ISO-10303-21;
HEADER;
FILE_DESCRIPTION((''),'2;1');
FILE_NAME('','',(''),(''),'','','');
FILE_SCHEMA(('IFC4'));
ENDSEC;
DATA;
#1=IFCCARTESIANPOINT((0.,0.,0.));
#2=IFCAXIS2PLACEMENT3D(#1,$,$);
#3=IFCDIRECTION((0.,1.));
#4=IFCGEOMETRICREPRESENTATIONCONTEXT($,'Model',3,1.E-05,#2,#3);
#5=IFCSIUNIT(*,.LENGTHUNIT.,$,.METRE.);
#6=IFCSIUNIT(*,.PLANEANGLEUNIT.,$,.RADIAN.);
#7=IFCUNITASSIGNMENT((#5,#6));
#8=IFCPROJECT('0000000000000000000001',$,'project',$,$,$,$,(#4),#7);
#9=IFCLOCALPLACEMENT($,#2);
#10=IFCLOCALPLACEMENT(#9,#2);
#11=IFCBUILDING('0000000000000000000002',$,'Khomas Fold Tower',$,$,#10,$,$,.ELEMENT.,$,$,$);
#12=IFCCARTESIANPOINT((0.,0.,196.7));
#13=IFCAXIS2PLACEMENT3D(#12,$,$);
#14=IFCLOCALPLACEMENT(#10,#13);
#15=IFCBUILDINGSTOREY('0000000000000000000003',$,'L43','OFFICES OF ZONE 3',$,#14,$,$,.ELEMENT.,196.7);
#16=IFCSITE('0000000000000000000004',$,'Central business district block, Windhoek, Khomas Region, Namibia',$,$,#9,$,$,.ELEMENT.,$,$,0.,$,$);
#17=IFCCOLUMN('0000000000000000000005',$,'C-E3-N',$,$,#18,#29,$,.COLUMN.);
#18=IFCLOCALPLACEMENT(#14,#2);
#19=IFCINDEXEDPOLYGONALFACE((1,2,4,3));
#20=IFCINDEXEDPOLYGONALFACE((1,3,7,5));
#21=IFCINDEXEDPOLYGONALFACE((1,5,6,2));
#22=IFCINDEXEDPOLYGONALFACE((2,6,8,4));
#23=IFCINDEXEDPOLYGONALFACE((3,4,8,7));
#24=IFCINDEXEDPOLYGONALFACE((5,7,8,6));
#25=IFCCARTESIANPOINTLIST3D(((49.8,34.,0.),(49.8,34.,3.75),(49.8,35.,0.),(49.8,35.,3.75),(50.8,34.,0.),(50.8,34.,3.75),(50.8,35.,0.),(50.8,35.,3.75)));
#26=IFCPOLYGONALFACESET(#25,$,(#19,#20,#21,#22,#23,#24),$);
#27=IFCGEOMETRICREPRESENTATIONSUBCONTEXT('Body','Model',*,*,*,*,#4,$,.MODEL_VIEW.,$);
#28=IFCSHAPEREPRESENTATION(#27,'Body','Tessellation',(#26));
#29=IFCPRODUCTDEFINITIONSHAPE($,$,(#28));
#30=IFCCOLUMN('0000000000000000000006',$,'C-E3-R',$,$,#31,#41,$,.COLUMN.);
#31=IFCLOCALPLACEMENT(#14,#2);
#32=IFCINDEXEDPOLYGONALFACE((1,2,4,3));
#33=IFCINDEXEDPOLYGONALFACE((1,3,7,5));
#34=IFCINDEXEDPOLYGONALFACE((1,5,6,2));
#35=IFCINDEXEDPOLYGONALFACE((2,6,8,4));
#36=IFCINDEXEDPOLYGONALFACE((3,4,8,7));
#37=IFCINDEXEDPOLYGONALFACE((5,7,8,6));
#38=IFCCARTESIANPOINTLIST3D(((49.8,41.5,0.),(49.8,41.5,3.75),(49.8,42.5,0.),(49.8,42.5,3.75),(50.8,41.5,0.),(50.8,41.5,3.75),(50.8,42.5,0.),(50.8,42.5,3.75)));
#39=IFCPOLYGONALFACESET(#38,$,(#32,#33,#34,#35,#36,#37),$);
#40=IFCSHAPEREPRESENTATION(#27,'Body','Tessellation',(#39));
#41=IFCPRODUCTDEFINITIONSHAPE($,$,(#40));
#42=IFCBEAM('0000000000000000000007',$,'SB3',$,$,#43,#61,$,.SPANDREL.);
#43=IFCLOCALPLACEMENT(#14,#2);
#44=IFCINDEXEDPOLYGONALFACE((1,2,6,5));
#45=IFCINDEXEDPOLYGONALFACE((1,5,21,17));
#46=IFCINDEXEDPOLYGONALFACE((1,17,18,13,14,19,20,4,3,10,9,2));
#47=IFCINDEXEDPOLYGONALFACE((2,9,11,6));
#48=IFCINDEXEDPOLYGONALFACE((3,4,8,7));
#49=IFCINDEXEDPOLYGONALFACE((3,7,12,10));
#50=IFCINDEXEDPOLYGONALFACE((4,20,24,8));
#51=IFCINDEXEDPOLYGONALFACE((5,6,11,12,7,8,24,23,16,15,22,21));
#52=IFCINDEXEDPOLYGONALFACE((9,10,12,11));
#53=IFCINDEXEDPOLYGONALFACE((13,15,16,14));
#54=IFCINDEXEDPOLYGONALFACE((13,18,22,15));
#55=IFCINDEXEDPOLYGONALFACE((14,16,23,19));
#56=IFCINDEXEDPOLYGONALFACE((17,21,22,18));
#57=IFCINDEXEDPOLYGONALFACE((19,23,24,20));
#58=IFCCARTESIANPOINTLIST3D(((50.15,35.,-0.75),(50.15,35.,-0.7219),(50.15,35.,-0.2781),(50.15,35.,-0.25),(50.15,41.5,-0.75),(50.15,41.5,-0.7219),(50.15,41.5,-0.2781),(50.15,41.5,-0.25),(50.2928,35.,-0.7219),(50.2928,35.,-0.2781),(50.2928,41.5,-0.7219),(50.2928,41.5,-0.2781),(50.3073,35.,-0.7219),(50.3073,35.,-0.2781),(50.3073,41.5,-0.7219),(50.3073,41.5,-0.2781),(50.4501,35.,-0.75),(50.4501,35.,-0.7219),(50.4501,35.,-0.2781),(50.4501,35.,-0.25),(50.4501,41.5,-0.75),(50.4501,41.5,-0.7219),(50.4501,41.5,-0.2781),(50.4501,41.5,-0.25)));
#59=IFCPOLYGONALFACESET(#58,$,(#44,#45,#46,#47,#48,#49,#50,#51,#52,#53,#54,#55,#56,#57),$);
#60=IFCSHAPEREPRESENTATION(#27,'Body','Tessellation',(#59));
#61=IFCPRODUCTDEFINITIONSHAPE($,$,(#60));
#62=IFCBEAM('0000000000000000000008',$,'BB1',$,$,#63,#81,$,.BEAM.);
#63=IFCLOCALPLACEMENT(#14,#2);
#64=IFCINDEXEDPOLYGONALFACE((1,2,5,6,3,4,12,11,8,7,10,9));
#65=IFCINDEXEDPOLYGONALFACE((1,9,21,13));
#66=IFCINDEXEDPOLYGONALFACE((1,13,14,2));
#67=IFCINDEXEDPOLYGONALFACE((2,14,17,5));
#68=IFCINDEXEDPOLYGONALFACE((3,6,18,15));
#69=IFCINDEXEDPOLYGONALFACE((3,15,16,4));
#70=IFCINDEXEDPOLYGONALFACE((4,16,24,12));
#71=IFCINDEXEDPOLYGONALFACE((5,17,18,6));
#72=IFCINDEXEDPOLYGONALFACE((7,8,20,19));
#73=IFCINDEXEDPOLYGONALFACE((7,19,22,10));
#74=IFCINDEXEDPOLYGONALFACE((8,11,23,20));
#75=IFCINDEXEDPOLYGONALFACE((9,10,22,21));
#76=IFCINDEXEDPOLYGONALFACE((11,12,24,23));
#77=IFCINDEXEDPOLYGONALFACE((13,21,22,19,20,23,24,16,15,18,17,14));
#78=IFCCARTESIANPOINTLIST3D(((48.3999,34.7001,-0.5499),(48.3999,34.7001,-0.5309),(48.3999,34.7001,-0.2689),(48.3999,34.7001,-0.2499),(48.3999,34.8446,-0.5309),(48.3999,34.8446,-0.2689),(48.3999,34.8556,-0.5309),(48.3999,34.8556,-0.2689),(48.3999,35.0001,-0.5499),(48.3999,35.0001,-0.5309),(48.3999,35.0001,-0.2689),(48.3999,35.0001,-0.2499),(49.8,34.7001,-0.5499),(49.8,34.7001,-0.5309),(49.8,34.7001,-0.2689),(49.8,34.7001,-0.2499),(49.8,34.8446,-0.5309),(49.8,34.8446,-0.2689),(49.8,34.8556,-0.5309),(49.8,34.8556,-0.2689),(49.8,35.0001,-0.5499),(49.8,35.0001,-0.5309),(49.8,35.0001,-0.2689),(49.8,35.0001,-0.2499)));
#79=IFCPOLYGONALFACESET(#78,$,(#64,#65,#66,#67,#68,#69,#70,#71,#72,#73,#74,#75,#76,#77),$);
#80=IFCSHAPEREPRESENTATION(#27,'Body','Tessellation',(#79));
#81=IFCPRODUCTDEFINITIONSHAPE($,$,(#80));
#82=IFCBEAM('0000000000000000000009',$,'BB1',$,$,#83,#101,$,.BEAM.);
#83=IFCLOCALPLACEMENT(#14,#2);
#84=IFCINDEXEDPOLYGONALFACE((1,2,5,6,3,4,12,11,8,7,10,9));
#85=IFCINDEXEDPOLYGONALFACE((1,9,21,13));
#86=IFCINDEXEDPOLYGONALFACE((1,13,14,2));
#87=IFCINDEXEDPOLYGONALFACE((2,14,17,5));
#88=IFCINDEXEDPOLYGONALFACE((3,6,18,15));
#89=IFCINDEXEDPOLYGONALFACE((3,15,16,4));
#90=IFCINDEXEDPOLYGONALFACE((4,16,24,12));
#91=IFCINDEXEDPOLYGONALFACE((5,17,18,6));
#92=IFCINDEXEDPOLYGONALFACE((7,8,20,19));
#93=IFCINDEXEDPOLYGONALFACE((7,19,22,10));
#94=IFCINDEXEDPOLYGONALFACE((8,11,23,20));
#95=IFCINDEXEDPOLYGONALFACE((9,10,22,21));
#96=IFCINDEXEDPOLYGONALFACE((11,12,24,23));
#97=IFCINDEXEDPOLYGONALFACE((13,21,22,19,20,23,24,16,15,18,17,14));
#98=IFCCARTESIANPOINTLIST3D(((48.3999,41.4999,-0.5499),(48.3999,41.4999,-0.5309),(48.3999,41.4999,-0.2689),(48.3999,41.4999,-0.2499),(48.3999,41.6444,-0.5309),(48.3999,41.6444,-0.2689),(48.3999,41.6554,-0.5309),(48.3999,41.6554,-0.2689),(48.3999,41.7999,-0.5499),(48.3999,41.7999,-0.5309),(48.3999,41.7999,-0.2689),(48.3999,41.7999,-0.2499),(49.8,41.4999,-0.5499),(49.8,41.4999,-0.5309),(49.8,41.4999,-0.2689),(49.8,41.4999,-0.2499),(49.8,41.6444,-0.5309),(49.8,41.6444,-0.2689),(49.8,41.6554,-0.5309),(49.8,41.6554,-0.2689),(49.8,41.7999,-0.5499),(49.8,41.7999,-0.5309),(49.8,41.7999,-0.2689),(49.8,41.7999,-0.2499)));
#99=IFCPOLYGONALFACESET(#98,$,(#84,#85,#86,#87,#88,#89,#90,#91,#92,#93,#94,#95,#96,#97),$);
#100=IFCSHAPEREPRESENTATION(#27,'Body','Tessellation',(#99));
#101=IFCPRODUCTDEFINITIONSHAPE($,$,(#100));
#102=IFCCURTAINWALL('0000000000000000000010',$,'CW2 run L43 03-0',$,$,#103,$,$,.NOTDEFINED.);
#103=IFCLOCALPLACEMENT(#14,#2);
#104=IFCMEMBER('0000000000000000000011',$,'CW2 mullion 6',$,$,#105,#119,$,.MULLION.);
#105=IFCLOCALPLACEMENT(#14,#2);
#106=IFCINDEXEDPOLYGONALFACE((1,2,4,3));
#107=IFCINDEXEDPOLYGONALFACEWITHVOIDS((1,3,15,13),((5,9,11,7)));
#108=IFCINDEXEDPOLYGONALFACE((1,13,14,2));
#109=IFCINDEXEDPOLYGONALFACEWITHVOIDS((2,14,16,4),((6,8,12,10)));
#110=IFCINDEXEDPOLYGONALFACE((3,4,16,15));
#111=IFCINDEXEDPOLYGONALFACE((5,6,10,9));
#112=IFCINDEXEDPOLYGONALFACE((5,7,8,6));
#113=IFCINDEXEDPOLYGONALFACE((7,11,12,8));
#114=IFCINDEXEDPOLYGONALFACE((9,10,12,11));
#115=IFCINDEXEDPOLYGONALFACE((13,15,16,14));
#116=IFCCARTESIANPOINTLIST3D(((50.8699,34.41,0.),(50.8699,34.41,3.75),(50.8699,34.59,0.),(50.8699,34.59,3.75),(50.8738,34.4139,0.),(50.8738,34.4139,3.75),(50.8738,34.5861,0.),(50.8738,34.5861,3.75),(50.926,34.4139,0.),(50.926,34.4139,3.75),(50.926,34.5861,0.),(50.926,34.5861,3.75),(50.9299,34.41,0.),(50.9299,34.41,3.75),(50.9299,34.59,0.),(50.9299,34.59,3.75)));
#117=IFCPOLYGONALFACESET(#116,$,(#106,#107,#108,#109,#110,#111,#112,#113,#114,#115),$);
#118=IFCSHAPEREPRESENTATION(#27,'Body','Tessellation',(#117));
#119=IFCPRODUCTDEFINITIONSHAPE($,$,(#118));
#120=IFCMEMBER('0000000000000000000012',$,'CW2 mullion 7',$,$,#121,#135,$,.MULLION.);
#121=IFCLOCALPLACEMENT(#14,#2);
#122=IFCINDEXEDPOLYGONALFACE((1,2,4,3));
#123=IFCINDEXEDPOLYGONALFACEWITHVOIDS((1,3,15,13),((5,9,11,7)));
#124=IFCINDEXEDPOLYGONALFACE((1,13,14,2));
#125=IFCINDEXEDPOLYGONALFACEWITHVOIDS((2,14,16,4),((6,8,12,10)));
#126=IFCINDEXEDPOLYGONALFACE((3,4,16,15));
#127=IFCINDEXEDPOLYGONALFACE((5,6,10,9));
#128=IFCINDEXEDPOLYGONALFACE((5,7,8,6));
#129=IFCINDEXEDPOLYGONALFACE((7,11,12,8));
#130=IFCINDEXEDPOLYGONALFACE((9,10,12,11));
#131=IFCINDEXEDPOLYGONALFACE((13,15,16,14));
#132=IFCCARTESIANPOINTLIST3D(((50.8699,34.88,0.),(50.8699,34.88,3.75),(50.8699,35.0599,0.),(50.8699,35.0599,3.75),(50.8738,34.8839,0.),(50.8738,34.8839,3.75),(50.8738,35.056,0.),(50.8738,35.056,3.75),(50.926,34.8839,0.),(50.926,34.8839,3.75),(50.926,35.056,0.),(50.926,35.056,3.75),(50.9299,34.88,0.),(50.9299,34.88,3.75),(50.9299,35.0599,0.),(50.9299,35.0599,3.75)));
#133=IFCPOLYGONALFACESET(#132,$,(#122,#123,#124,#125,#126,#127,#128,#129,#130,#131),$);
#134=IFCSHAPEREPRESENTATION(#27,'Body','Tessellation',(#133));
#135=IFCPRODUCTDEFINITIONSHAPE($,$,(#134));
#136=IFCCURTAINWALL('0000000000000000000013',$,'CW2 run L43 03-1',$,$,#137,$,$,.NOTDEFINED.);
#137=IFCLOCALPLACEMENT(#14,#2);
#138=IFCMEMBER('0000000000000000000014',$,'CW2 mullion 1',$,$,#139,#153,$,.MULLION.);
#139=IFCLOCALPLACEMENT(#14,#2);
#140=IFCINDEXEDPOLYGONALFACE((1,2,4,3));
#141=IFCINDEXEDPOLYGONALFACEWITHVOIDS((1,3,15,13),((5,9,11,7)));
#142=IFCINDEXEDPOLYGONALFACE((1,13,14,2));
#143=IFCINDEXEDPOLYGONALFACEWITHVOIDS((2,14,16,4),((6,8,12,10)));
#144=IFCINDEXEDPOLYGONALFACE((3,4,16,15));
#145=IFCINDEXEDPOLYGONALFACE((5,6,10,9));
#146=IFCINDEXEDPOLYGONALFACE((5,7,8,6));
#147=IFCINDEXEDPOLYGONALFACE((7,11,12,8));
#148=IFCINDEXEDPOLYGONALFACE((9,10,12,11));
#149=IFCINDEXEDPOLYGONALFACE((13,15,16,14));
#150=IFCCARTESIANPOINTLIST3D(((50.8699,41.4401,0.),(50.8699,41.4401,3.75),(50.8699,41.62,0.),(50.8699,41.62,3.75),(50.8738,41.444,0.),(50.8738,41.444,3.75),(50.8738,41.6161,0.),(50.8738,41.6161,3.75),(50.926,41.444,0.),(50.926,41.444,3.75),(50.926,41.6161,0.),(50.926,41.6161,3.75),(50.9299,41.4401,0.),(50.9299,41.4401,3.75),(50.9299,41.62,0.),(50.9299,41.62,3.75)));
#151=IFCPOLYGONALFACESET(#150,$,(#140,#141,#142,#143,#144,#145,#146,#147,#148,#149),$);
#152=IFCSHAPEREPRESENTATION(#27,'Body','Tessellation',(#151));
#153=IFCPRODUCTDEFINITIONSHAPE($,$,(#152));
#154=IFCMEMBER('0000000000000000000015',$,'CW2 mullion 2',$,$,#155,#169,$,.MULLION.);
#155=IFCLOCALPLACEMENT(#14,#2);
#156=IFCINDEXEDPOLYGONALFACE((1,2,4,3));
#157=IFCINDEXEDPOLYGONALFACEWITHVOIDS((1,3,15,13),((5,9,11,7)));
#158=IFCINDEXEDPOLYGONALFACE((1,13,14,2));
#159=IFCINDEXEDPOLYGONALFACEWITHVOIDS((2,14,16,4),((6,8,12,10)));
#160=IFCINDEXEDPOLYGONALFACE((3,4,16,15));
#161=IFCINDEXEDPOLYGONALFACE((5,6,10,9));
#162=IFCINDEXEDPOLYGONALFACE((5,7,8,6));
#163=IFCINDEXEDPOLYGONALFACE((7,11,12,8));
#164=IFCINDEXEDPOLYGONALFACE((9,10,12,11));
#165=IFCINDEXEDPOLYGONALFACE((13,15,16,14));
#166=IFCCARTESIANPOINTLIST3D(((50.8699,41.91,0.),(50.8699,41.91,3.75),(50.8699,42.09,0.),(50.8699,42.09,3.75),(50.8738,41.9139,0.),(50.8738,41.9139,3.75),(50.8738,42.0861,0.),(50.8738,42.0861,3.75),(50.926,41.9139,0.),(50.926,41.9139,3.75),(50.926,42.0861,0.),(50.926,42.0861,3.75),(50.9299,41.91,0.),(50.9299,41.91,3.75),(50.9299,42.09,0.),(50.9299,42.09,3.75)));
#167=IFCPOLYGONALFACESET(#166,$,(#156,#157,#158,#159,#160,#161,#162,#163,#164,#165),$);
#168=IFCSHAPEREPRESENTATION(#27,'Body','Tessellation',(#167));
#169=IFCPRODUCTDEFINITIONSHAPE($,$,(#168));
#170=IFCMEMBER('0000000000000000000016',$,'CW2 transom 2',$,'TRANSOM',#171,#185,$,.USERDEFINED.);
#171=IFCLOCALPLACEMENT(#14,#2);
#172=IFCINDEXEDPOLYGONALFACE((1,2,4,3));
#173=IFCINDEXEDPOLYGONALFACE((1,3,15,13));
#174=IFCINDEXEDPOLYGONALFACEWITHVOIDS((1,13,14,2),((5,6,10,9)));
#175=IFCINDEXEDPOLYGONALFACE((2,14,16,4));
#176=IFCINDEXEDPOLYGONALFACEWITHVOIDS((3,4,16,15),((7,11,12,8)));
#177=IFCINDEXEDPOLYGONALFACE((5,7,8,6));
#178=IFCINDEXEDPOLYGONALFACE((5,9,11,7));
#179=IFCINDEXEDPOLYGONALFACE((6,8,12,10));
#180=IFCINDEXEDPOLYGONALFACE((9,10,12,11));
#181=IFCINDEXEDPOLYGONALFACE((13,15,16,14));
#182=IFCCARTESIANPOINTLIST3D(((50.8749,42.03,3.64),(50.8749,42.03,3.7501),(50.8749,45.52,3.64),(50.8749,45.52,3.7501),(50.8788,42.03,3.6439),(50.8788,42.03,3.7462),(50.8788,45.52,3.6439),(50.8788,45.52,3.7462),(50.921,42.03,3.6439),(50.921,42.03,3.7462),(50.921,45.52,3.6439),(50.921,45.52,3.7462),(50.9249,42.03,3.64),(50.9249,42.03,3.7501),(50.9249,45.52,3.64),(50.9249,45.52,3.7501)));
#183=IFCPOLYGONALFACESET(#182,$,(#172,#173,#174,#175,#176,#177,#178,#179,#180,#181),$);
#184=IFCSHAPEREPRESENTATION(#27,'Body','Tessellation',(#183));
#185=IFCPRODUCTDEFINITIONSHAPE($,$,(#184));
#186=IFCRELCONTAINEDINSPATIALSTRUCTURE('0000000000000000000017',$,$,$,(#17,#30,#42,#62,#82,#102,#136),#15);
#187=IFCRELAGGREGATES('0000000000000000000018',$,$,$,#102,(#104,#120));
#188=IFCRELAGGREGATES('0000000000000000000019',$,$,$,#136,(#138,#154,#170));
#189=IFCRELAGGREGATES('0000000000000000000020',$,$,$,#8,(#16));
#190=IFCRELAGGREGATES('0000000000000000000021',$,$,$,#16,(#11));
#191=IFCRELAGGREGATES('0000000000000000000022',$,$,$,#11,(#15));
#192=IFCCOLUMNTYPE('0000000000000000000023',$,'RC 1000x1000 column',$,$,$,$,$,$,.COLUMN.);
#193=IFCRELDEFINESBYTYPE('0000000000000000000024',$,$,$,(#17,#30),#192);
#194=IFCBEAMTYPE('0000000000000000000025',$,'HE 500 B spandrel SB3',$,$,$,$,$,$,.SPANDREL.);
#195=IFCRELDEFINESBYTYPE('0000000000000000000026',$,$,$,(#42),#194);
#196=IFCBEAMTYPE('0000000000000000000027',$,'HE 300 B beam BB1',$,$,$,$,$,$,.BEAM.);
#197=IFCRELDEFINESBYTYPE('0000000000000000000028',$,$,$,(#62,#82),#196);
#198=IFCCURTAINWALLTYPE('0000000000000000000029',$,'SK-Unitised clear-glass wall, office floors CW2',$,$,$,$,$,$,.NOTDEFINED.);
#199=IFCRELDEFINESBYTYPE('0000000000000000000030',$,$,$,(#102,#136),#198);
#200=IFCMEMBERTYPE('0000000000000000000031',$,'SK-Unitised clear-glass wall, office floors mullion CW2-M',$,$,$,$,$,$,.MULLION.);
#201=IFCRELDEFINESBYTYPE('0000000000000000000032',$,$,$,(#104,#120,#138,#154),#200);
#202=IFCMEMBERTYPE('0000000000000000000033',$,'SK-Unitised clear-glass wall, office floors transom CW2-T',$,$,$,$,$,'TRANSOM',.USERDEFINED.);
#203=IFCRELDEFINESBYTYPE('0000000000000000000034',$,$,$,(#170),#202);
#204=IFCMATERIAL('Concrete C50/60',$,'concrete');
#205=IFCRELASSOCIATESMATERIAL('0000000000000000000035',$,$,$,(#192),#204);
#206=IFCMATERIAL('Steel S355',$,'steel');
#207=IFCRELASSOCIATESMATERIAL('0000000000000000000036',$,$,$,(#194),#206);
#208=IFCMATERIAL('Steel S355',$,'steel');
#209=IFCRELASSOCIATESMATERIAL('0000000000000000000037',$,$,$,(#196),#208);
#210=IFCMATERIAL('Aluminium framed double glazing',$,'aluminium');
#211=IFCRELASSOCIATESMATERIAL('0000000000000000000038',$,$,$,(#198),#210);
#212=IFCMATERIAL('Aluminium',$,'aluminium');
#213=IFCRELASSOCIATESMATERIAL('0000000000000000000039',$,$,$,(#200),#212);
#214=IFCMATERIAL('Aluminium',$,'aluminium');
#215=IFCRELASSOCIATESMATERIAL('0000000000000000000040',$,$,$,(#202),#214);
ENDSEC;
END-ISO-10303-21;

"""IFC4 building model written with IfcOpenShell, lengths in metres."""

from ifc_helpers import new_model, si_unit, direction, frame, origin, origin_2d, place, context, subcontext, project, spatial, rectangle, hollow_rectangle, i_section, extrude, source, transform, mapped, material, material_profile, profile_set, type_object, element, aggregate, save


model = new_model("IFC4")

# Units and contexts
model_context = context("Model", 3, precision=1e-05, world=origin(), true_north=direction((0.0, 1.0)))
body_context = subcontext(model_context, "Body", "Model", "MODEL_VIEW")
ifc_project = project(units=[si_unit("LENGTHUNIT", "METRE"), si_unit("PLANEANGLEUNIT", "RADIAN")], contexts=[model_context])

# Site, building, storey
site_placement = place(None, origin())
site = spatial("IfcSite", under=ifc_project, at=site_placement, Name="Central business district block, Windhoek, Khomas Region, Namibia", CompositionType="ELEMENT", RefElevation=0.0)
building_placement = place(site_placement, origin())
building = spatial("IfcBuilding", under=site, at=building_placement, Name="Khomas Fold Tower", CompositionType="ELEMENT")
storey_placement = place(building_placement, frame((0.0, 0.0, 196.7)))
storey = spatial("IfcBuildingStorey", under=building, at=storey_placement, Name="L43", Description="OFFICES OF ZONE 3", CompositionType="ELEMENT", Elevation=196.7)

# Columns
ifc_material_1 = material(Name="Concrete C50/60", Category="concrete")
ifc_material_profile_1 = material_profile(ifc_material_1, rectangle(XDim=1.0, YDim=1.0, at=origin_2d()), Name="RC 1000x1000")
ifc_profile_set_1 = profile_set([ifc_material_profile_1], Name="Concrete C50/60")
column_type = type_object("IfcColumnType", Name="RC 1000x1000 column", PredefinedType="COLUMN", material=ifc_profile_set_1)
shared_shape_1 = source(origin(), body_context, "Body", "SweptSolid", [
    extrude(rectangle(XDim=1.0, YDim=1.0, at=origin_2d()), origin(), (0.0, 0.0, 1.0), 3.75),
])
for number, where, z_axis, x_axis, name in (
    (1, (50.3, 34.5, 0.0), (0.0, 0.0, 1.0), (1.0, 0.0, 0.0), "C-E3-N"),
    (2, (50.3, 42.0, 0.0), (0.0, 0.0, 1.0), (1.0, 0.0, 0.0), "C-E3-R"),
):
    element("IfcColumn", number, at=place(storey_placement, frame(where, z_axis=z_axis, x_axis=x_axis)), inside=storey, type_object=column_type, Name=name, PredefinedType="COLUMN", context=body_context, shape_type="MappedRepresentation", body=[
        mapped(shared_shape_1, transform((0.0, 0.0, 0.0))),
    ])

# Beams
ifc_material_2 = material(Name="Steel S355", Category="steel")
ifc_material_profile_2 = material_profile(ifc_material_2, i_section(OverallWidth=0.3, OverallDepth=0.5, WebThickness=0.0144, FlangeThickness=0.0281, at=origin_2d()), Name="HE 500 B")
ifc_profile_set_2 = profile_set([ifc_material_profile_2], Name="Steel S355")
beam_type_1 = type_object("IfcBeamType", Name="HE 500 B spandrel SB3", PredefinedType="SPANDREL", material=ifc_profile_set_2)
shared_shape_2 = source(origin(), body_context, "Body", "SweptSolid", [
    extrude(i_section(OverallWidth=0.3, OverallDepth=0.5, WebThickness=0.0144, FlangeThickness=0.0281, at=origin_2d()), origin(), (0.0, 0.0, 1.0), 6.5),
])
beam_placement = place(storey_placement, frame((50.3, 35.0, -0.5), z_axis=(0.0, 1.0, 0.0), x_axis=(-1.0, 0.0, 0.0)))
element("IfcBeam", 3, at=beam_placement, inside=storey, type_object=beam_type_1, Name="SB3", PredefinedType="SPANDREL", context=body_context, shape_type="MappedRepresentation", body=[
    mapped(shared_shape_2, transform((0.0, 0.0, 0.0))),
])
ifc_material_3 = material(Name="Steel S355", Category="steel")
ifc_material_profile_3 = material_profile(ifc_material_3, i_section(OverallWidth=0.3, OverallDepth=0.3, WebThickness=0.011, FlangeThickness=0.019, at=origin_2d()), Name="HE 300 B")
ifc_profile_set_3 = profile_set([ifc_material_profile_3], Name="Steel S355")
beam_type_2 = type_object("IfcBeamType", Name="HE 300 B beam BB1", PredefinedType="BEAM", material=ifc_profile_set_3)
shared_shape_3 = source(origin(), body_context, "Body", "SweptSolid", [
    extrude(i_section(OverallWidth=0.3, OverallDepth=0.3, WebThickness=0.011, FlangeThickness=0.019, at=origin_2d()), origin(), (0.0, 0.0, 1.0), 1.4001),
])
for number, where, z_axis, x_axis, name in (
    (4, (48.3999, 34.8501, -0.3999), (1.0, 0.0, 0.0), (0.0, 1.0, 0.0), "BB1"),
    (5, (48.3999, 41.6499, -0.3999), (1.0, 0.0, 0.0), (0.0, 1.0, 0.0), "BB1"),
):
    element("IfcBeam", number, at=place(storey_placement, frame(where, z_axis=z_axis, x_axis=x_axis)), inside=storey, type_object=beam_type_2, Name=name, PredefinedType="BEAM", context=body_context, shape_type="MappedRepresentation", body=[
        mapped(shared_shape_3, transform((0.0, 0.0, 0.0))),
    ])

# Curtain walls, members
ifc_material_4 = material(Name="Aluminium framed double glazing", Category="aluminium")
curtain_wall_type = type_object("IfcCurtainWallType", Name="SK-Unitised clear-glass wall, office floors CW2", PredefinedType="NOTDEFINED", material=ifc_material_4)
curtain_wall_1_placement = place(storey_placement, origin())
curtain_wall_1 = element("IfcCurtainWall", 6, at=curtain_wall_1_placement, inside=storey, type_object=curtain_wall_type, Name="CW2 run L43 03-0", PredefinedType="NOTDEFINED")
ifc_material_5 = material(Name="Aluminium", Category="aluminium")
ifc_material_profile_4 = material_profile(ifc_material_5, hollow_rectangle(XDim=0.0601, YDim=0.1799, WallThickness=0.0039, at=origin_2d()), Name="SK-Unitised clear-glass wall, office floors mullion CW2-M")
ifc_profile_set_4 = profile_set([ifc_material_profile_4], Name="Aluminium")
member_type_1 = type_object("IfcMemberType", Name="SK-Unitised clear-glass wall, office floors mullion CW2-M", PredefinedType="MULLION", material=ifc_profile_set_4)
shared_shape_4 = source(origin(), body_context, "Body", "SweptSolid", [
    extrude(hollow_rectangle(XDim=0.0601, YDim=0.1799, WallThickness=0.0039, at=origin_2d()), origin(), (0.0, 0.0, 1.0), 3.75),
])
member_1_placement = place(storey_placement, frame((50.8999, 34.5, 0.0), z_axis=(0.0, 0.0, 1.0), x_axis=(-1.0, 0.0, 0.0)))
member_1 = element("IfcMember", 7, at=member_1_placement, type_object=member_type_1, Name="CW2 mullion 6", PredefinedType="MULLION", context=body_context, shape_type="MappedRepresentation", body=[
    mapped(shared_shape_4, transform((0.0, 0.0, 0.0))),
])
member_2_placement = place(storey_placement, frame((50.8999, 34.97, 0.0), z_axis=(0.0, 0.0, 1.0), x_axis=(-1.0, 0.0, 0.0)))
member_2 = element("IfcMember", 8, at=member_2_placement, type_object=member_type_1, Name="CW2 mullion 7", PredefinedType="MULLION", context=body_context, shape_type="MappedRepresentation", body=[
    mapped(shared_shape_4, transform((0.0, 0.0, 0.0))),
])
curtain_wall_2_placement = place(storey_placement, origin())
curtain_wall_2 = element("IfcCurtainWall", 9, at=curtain_wall_2_placement, inside=storey, type_object=curtain_wall_type, Name="CW2 run L43 03-1", PredefinedType="NOTDEFINED")
member_3_placement = place(storey_placement, frame((50.8999, 41.53, 0.0), z_axis=(0.0, 0.0, 1.0), x_axis=(-1.0, 0.0, 0.0)))
member_3 = element("IfcMember", 10, at=member_3_placement, type_object=member_type_1, Name="CW2 mullion 1", PredefinedType="MULLION", context=body_context, shape_type="MappedRepresentation", body=[
    mapped(shared_shape_4, transform((0.0, 0.0, 0.0))),
])
member_4_placement = place(storey_placement, frame((50.8999, 42.0, 0.0), z_axis=(0.0, 0.0, 1.0), x_axis=(-1.0, 0.0, 0.0)))
member_4 = element("IfcMember", 11, at=member_4_placement, type_object=member_type_1, Name="CW2 mullion 2", PredefinedType="MULLION", context=body_context, shape_type="MappedRepresentation", body=[
    mapped(shared_shape_4, transform((0.0, 0.0, 0.0))),
])
ifc_material_6 = material(Name="Aluminium", Category="aluminium")
ifc_material_profile_5 = material_profile(ifc_material_6, hollow_rectangle(XDim=0.05, YDim=0.1101, WallThickness=0.0039, at=origin_2d()), Name="SK-Unitised clear-glass wall, office floors transom CW2-T")
ifc_profile_set_5 = profile_set([ifc_material_profile_5], Name="Aluminium")
member_type_2 = type_object("IfcMemberType", Name="SK-Unitised clear-glass wall, office floors transom CW2-T", ElementType="TRANSOM", PredefinedType="USERDEFINED", material=ifc_profile_set_5)
shared_shape_5 = source(origin(), body_context, "Body", "SweptSolid", [
    extrude(hollow_rectangle(XDim=0.05, YDim=0.1101, WallThickness=0.0039, at=origin_2d()), origin(), (0.0, 0.0, 1.0), 3.49),
])
member_5_placement = place(storey_placement, frame((50.8999, 42.03, 3.6951), z_axis=(0.0, 1.0, 0.0), x_axis=(-1.0, 0.0, 0.0)))
member_5 = element("IfcMember", 12, at=member_5_placement, type_object=member_type_2, Name="CW2 transom 2", ObjectType="TRANSOM", PredefinedType="USERDEFINED", context=body_context, shape_type="MappedRepresentation", body=[
    mapped(shared_shape_5, transform((0.0, 0.0, 0.0))),
])

aggregate(curtain_wall_1, [member_1, member_2])
aggregate(curtain_wall_2, [member_3, member_4, member_5])

save(model, "model.ifc")
